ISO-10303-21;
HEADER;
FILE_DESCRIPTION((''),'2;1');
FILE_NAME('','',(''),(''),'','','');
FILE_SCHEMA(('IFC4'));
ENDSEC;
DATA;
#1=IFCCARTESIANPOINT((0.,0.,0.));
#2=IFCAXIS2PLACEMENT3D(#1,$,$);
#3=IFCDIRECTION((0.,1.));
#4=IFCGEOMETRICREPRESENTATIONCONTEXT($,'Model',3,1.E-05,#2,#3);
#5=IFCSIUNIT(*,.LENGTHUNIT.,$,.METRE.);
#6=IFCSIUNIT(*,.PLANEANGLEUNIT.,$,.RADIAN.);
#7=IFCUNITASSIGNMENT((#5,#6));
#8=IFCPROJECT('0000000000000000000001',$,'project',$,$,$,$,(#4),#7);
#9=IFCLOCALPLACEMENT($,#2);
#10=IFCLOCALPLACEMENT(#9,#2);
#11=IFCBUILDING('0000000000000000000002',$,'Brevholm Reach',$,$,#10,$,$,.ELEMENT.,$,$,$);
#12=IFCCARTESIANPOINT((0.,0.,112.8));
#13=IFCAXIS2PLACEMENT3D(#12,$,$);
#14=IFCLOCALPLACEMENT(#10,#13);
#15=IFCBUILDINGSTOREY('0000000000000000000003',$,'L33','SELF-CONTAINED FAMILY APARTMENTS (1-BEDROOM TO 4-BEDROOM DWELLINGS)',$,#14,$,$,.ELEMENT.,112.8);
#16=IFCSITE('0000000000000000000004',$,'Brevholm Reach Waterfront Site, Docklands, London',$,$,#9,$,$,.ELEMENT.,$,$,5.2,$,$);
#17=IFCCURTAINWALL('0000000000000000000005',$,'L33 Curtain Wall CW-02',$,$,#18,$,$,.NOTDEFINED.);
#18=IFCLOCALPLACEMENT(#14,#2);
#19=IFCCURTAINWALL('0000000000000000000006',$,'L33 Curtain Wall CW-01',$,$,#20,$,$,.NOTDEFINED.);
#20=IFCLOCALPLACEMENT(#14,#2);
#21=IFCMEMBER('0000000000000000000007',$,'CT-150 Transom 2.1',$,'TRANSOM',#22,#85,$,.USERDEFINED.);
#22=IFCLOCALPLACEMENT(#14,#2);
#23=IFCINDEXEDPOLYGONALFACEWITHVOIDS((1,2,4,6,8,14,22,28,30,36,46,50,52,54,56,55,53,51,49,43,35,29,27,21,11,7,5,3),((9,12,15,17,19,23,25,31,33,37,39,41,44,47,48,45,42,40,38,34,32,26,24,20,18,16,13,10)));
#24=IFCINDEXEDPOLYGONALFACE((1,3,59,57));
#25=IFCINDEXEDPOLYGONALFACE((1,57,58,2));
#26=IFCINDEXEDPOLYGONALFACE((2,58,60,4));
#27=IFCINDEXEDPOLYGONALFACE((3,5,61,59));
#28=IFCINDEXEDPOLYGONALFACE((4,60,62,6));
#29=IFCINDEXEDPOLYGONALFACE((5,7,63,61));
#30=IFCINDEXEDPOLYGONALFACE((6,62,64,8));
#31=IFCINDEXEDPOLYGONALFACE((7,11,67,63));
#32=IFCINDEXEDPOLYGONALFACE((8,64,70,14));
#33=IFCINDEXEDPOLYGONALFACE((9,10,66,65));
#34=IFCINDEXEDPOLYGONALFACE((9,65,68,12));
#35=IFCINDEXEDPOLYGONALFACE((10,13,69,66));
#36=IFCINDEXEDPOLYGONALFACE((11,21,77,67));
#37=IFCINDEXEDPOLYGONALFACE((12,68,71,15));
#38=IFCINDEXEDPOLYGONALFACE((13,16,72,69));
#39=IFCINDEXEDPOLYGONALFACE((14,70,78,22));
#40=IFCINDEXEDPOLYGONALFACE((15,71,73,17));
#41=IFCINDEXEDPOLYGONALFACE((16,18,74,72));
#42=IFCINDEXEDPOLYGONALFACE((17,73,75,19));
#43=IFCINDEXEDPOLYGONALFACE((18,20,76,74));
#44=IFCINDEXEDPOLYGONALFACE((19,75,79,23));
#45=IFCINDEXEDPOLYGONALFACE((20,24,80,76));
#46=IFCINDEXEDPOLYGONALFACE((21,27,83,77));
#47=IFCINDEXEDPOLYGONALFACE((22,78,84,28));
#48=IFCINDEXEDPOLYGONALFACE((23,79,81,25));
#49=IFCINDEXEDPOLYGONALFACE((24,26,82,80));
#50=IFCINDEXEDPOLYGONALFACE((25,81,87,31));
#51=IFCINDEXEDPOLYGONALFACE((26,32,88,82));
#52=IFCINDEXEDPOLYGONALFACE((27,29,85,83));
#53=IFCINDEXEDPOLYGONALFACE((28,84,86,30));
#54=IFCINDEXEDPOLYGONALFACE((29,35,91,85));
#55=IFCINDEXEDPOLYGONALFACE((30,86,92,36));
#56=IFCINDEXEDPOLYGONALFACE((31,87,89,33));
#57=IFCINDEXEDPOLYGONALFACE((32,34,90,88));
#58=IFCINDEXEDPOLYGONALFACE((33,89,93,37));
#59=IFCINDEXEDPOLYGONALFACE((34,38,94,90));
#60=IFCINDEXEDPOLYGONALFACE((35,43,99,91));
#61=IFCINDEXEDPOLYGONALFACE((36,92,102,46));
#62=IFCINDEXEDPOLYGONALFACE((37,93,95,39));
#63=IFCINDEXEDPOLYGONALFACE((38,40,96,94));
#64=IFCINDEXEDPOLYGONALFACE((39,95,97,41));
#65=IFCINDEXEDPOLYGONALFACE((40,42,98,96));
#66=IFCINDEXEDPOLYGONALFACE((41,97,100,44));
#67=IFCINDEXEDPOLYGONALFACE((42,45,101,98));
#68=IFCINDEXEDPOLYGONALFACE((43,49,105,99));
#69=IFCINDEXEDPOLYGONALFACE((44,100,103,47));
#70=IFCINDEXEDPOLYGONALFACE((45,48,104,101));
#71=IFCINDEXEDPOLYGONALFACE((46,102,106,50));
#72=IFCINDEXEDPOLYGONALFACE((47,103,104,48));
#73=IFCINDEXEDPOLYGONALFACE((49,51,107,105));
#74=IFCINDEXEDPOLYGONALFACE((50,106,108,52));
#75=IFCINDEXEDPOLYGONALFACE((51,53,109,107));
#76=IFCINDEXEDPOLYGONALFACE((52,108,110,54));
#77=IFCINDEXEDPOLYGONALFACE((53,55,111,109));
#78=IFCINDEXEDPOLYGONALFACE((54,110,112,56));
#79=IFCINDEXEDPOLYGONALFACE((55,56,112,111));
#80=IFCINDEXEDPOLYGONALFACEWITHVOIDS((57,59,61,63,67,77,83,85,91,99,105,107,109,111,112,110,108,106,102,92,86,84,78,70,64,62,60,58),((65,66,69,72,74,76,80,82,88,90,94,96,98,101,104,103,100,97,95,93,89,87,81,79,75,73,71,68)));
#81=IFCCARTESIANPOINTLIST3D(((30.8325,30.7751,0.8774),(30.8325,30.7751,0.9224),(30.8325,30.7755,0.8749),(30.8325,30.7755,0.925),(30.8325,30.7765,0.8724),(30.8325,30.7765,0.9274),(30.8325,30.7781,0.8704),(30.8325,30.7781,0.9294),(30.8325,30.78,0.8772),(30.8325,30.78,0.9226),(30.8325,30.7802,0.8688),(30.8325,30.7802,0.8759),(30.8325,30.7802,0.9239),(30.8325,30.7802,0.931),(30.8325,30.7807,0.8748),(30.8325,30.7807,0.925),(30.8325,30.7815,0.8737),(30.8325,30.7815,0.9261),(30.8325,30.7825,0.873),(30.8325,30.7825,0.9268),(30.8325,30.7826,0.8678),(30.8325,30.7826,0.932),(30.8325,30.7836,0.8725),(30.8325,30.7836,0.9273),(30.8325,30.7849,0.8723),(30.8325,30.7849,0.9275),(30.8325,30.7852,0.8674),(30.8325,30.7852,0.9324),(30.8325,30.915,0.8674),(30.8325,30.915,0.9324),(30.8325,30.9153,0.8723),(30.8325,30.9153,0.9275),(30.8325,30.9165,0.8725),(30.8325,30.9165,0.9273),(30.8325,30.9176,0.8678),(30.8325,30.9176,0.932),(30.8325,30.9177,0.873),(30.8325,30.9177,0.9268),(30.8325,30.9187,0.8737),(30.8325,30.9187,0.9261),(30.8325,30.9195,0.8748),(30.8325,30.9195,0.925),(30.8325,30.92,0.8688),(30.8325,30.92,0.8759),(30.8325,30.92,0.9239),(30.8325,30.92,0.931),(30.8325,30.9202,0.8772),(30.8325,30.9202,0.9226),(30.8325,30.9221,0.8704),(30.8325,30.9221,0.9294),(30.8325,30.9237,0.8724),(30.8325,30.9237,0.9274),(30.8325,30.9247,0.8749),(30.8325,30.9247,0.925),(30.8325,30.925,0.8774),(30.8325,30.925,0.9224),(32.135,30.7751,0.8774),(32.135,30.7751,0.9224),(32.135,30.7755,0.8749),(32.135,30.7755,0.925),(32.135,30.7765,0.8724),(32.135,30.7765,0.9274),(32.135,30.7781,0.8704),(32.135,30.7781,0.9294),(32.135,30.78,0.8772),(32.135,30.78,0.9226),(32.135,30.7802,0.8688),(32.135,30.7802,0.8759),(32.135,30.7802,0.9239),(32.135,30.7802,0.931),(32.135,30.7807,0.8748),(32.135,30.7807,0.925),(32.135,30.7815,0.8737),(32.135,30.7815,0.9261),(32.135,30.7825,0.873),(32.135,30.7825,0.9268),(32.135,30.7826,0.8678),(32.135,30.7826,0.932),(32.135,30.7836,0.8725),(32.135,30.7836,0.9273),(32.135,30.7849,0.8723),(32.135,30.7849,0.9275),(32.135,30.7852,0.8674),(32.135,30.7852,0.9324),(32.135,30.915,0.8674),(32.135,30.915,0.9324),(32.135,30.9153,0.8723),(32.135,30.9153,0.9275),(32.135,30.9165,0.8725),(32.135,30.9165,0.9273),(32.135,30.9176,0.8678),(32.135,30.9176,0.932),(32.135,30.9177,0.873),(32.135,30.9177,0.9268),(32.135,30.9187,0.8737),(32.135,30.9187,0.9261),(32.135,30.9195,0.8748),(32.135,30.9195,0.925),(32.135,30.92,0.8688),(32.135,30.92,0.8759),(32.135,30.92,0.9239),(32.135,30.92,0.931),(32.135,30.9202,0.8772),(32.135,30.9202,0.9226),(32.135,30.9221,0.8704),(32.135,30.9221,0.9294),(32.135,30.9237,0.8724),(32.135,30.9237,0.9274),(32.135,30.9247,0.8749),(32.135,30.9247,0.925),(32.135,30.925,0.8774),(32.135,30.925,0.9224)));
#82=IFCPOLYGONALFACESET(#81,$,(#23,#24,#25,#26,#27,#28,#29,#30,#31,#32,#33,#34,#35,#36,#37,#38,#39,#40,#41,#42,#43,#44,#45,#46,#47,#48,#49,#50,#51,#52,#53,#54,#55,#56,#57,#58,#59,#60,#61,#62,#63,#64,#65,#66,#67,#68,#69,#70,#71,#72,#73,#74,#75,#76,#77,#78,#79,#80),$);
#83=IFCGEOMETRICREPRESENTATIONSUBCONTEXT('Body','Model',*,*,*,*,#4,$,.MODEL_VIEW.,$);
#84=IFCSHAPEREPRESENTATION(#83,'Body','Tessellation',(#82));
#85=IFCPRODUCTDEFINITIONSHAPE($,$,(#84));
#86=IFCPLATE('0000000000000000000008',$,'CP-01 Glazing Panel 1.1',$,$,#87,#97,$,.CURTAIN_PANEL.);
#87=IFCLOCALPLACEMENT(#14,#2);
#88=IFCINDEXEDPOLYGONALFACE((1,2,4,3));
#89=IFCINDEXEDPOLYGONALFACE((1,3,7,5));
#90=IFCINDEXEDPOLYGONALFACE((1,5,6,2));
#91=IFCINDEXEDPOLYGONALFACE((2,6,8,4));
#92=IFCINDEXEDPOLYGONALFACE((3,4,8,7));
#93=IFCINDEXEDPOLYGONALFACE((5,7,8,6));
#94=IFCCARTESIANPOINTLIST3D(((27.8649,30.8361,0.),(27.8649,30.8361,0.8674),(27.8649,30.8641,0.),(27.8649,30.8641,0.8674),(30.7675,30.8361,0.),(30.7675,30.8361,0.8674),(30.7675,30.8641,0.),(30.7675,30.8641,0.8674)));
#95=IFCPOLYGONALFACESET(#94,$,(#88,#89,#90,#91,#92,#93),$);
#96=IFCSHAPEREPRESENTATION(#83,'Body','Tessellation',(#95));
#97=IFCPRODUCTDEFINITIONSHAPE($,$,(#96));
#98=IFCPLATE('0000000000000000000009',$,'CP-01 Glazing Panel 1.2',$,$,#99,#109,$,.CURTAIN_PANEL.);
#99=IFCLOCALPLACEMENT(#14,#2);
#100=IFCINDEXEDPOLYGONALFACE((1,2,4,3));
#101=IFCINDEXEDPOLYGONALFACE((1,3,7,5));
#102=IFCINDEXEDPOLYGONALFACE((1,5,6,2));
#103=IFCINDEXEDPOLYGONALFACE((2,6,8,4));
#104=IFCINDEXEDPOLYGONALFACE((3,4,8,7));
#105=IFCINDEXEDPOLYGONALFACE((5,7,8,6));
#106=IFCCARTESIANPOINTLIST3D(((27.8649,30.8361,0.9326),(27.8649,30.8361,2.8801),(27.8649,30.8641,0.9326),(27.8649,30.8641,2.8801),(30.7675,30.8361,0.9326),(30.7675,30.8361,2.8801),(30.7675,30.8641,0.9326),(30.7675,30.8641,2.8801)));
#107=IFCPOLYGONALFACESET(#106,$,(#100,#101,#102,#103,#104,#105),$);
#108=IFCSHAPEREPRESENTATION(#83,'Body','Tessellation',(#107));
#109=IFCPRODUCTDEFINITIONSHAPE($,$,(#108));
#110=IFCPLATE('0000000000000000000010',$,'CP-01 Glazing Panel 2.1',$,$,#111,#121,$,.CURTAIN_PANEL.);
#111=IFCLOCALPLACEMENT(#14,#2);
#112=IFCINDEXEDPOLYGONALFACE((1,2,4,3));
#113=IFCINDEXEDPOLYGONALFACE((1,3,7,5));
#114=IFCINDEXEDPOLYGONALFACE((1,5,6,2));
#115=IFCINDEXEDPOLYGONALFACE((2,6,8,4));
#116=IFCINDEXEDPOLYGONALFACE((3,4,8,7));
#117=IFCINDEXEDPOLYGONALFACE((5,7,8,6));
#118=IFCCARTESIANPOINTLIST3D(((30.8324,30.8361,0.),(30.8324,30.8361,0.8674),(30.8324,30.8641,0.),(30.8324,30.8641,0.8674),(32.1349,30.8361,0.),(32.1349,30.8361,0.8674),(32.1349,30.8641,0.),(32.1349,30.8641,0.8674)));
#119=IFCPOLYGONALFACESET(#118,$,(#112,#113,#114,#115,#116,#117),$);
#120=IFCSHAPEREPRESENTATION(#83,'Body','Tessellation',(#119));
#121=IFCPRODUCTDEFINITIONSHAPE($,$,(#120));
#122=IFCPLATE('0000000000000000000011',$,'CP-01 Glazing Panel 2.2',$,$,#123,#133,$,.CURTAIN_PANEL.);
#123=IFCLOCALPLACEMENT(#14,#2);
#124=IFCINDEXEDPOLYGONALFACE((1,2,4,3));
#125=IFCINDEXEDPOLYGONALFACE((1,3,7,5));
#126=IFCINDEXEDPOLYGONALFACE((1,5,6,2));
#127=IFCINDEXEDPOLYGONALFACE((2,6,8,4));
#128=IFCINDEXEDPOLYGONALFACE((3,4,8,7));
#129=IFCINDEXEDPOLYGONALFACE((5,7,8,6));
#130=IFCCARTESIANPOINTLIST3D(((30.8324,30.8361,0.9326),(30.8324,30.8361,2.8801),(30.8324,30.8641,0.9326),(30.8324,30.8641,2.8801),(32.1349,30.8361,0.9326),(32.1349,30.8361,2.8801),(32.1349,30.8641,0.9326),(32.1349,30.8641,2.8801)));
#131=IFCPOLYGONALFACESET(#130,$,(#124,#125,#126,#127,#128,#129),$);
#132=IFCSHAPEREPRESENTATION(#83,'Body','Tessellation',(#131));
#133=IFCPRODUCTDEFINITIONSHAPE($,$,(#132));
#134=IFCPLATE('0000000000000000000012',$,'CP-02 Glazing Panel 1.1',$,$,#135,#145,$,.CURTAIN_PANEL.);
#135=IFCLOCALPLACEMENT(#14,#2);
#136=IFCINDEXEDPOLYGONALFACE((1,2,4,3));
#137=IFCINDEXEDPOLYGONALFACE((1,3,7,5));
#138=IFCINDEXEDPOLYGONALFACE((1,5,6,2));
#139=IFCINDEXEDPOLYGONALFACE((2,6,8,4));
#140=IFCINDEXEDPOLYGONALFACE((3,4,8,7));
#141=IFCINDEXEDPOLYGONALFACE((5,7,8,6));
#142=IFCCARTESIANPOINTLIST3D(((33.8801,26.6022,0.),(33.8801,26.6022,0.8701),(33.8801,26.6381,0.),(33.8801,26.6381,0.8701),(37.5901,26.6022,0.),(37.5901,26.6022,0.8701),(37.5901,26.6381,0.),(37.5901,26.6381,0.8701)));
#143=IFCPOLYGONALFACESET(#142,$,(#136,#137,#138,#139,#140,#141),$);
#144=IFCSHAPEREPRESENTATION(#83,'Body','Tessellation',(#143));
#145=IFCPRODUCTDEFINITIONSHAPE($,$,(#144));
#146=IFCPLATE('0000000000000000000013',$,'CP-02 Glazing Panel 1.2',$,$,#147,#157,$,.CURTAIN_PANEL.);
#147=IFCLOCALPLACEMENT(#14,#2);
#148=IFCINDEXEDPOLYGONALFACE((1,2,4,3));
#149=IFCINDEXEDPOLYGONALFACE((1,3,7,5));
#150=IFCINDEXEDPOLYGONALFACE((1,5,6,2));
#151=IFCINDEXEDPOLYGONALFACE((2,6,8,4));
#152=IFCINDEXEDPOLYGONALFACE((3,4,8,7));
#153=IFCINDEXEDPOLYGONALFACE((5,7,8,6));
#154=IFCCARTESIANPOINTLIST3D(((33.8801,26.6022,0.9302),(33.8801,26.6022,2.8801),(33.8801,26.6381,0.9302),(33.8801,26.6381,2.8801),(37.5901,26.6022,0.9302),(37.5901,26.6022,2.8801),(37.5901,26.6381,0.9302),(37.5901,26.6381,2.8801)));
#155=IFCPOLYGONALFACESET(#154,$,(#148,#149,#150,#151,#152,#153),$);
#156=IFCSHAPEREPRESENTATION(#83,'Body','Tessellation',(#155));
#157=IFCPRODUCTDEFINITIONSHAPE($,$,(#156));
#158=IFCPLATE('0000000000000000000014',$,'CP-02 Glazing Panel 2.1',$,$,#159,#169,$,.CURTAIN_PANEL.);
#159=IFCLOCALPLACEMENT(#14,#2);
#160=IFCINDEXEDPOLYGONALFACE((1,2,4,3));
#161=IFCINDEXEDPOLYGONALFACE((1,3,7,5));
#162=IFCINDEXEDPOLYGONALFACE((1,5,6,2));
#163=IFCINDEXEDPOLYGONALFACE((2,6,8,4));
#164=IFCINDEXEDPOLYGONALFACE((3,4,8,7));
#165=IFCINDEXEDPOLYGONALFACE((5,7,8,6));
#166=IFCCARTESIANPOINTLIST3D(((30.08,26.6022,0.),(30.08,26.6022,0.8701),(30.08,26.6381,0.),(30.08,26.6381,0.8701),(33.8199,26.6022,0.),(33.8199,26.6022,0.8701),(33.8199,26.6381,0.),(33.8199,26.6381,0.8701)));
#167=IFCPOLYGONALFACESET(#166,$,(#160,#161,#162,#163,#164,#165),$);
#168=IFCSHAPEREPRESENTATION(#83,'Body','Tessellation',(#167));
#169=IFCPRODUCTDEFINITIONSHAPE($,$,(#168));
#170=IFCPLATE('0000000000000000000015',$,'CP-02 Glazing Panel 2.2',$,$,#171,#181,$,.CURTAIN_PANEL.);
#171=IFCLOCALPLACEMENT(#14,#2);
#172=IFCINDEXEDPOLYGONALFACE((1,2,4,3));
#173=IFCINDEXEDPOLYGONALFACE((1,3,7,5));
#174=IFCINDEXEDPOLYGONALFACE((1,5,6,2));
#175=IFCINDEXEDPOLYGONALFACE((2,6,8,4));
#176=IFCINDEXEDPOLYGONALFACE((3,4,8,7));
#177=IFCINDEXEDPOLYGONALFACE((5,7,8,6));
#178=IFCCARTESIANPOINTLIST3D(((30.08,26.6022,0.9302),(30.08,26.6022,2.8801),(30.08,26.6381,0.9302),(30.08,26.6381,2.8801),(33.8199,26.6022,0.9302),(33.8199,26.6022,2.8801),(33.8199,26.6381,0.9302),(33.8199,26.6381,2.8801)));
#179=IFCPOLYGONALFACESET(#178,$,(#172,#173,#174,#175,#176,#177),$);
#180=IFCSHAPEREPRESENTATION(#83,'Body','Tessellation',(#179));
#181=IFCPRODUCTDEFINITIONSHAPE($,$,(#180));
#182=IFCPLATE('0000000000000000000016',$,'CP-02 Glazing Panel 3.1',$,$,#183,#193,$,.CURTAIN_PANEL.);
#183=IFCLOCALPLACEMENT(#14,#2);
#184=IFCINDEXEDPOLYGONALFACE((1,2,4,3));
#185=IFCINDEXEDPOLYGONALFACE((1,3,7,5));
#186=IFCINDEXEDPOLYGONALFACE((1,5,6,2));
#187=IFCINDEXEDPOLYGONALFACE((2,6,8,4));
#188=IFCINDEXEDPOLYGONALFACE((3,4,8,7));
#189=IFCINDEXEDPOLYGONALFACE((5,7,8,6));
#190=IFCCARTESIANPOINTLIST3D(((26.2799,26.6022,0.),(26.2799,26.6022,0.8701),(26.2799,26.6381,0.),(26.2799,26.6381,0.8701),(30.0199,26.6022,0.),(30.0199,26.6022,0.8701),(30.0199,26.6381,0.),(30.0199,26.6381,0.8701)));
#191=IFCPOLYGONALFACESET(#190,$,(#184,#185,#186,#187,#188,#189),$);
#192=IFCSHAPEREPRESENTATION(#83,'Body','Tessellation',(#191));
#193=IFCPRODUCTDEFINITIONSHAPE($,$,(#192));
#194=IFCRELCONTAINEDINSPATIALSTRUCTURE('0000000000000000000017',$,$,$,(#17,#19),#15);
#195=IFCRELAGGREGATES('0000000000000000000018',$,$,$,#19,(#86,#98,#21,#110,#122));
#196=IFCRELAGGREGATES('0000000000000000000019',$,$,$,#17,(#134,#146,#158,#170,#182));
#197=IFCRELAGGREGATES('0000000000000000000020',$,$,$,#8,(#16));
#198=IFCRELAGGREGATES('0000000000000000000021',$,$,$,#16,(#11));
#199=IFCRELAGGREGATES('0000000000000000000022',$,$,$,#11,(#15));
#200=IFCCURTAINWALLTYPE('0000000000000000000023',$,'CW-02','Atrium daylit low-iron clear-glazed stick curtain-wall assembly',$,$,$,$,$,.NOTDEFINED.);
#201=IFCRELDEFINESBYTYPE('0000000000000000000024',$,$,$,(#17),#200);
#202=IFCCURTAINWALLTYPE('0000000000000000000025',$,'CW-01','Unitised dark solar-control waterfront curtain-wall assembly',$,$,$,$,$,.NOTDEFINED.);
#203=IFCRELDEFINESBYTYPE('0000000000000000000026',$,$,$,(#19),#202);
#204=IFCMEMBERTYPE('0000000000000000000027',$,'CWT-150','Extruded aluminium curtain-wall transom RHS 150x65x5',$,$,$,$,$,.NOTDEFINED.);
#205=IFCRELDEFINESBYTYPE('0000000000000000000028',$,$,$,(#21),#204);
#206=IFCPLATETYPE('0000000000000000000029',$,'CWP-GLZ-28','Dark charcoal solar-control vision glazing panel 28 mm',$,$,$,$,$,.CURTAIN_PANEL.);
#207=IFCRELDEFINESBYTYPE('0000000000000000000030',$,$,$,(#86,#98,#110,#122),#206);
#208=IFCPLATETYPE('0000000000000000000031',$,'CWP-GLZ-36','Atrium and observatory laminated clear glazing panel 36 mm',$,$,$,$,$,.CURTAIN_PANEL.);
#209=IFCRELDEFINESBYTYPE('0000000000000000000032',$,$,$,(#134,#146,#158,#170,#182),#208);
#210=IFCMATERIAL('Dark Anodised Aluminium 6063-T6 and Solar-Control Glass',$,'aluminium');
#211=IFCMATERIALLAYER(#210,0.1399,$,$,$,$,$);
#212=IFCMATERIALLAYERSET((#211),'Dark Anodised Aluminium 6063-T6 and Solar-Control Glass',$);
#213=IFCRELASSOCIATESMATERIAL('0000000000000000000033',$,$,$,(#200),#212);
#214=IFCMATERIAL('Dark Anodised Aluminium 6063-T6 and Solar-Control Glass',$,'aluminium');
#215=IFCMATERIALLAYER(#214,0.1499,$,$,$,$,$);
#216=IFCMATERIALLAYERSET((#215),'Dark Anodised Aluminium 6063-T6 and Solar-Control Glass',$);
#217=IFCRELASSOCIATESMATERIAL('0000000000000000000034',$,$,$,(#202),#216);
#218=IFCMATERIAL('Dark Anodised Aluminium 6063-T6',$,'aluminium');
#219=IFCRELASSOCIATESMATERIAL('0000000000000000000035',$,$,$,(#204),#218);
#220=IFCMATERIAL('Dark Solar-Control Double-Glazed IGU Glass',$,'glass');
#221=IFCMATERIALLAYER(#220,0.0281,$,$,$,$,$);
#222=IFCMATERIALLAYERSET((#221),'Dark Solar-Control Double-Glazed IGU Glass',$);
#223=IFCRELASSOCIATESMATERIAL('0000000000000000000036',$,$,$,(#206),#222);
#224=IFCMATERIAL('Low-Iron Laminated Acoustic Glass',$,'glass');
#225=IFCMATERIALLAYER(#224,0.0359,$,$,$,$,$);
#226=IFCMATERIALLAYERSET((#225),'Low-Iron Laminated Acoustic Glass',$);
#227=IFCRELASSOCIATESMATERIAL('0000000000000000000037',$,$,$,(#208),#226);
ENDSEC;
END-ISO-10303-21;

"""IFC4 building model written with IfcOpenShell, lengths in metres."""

from ifc_helpers import new_model, si_unit, direction, frame, origin, origin_2d, place, context, subcontext, project, spatial, rectangle, hollow_rectangle, extrude, material, layer, layer_set, material_profile, profile_set, type_object, element, aggregate, save


model = new_model("IFC4")

# Units and contexts
model_context = context("Model", 3, precision=1e-05, world=origin(), true_north=direction((0.0, 1.0)))
body_context = subcontext(model_context, "Body", "Model", "MODEL_VIEW")
ifc_project = project(units=[si_unit("LENGTHUNIT", "METRE"), si_unit("PLANEANGLEUNIT", "RADIAN")], contexts=[model_context])

# Site, building, storey
site_placement = place(None, origin())
site = spatial("IfcSite", under=ifc_project, at=site_placement, Name="Brevholm Reach Waterfront Site, Docklands, London", CompositionType="ELEMENT", RefElevation=5.2)
building_placement = place(site_placement, origin())
building = spatial("IfcBuilding", under=site, at=building_placement, Name="Brevholm Reach", CompositionType="ELEMENT")
storey_placement = place(building_placement, frame((0.0, 0.0, 112.8)))
storey = spatial("IfcBuildingStorey", under=building, at=storey_placement, Name="L33", Description="SELF-CONTAINED FAMILY APARTMENTS (1-BEDROOM TO 4-BEDROOM DWELLINGS)", CompositionType="ELEMENT", Elevation=112.8)

# Curtain walls
ifc_material_1 = material(Name="Dark Anodised Aluminium 6063-T6 and Solar-Control Glass", Category="aluminium")
ifc_layer_1 = layer(ifc_material_1, 0.1399)
ifc_layer_set_1 = layer_set([ifc_layer_1], Name="Dark Anodised Aluminium 6063-T6 and Solar-Control Glass")
curtain_wall_type_1 = type_object("IfcCurtainWallType", Name="CW-02", Description="Atrium daylit low-iron clear-glazed stick curtain-wall assembly", PredefinedType="NOTDEFINED", material=ifc_layer_set_1)
curtain_wall_1_placement = place(storey_placement, origin())
curtain_wall_1 = element("IfcCurtainWall", 1, at=curtain_wall_1_placement, inside=storey, type_object=curtain_wall_type_1, Name="L33 Curtain Wall CW-02", PredefinedType="NOTDEFINED")
ifc_material_2 = material(Name="Dark Anodised Aluminium 6063-T6 and Solar-Control Glass", Category="aluminium")
ifc_layer_2 = layer(ifc_material_2, 0.1499)
ifc_layer_set_2 = layer_set([ifc_layer_2], Name="Dark Anodised Aluminium 6063-T6 and Solar-Control Glass")
curtain_wall_type_2 = type_object("IfcCurtainWallType", Name="CW-01", Description="Unitised dark solar-control waterfront curtain-wall assembly", PredefinedType="NOTDEFINED", material=ifc_layer_set_2)
curtain_wall_2_placement = place(storey_placement, origin())
curtain_wall_2 = element("IfcCurtainWall", 2, at=curtain_wall_2_placement, inside=storey, type_object=curtain_wall_type_2, Name="L33 Curtain Wall CW-01", PredefinedType="NOTDEFINED")

# Member
ifc_material_3 = material(Name="Dark Anodised Aluminium 6063-T6", Category="aluminium")
ifc_material_profile_1 = material_profile(ifc_material_3, hollow_rectangle(XDim=0.0649, YDim=0.1499, WallThickness=0.0049, InnerFilletRadius=0.0049, OuterFilletRadius=0.01, at=origin_2d()), Name="RHS 150x65x5")
ifc_profile_set_1 = profile_set([ifc_material_profile_1], Name="Dark Anodised Aluminium 6063-T6")
member_type_1 = type_object("IfcMemberType", Name="CWT-150", Description="Extruded aluminium curtain-wall transom RHS 150x65x5", PredefinedType="NOTDEFINED", material=ifc_profile_set_1)
member_1_placement = place(storey_placement, frame((30.8325, 30.8501, 0.8999), z_axis=(1.0, 0.0, 0.0), x_axis=(0.0, 0.0, 1.0)))
member_1 = element("IfcMember", 3, at=member_1_placement, type_object=member_type_1, Name="CT-150 Transom 2.1", ObjectType="TRANSOM", PredefinedType="USERDEFINED", context=body_context, shape_type="SweptSolid", body=[
    extrude(hollow_rectangle(XDim=0.0649, YDim=0.1499, WallThickness=0.0049, InnerFilletRadius=0.0049, OuterFilletRadius=0.01, at=origin_2d()), origin(), (0.0, 0.0, 1.0), 1.3025),
])

# Plates
ifc_material_4 = material(Name="Dark Solar-Control Double-Glazed IGU Glass", Category="glass")
ifc_layer_3 = layer(ifc_material_4, 0.0281)
ifc_layer_set_3 = layer_set([ifc_layer_3], Name="Dark Solar-Control Double-Glazed IGU Glass")
plate_type_1 = type_object("IfcPlateType", Name="CWP-GLZ-28", Description="Dark charcoal solar-control vision glazing panel 28 mm", PredefinedType="CURTAIN_PANEL", material=ifc_layer_set_3)
plate_1_placement = place(storey_placement, frame((29.3162, 30.8501, 0.0), z_axis=(0.0, 0.0, 1.0), x_axis=(1.0, 0.0, 0.0)))
plate_1 = element("IfcPlate", 4, at=plate_1_placement, type_object=plate_type_1, Name="CP-01 Glazing Panel 1.1", PredefinedType="CURTAIN_PANEL", context=body_context, shape_type="SweptSolid", body=[
    extrude(rectangle(XDim=2.9026, YDim=0.0281, at=origin_2d()), origin(), (0.0, 0.0, 1.0), 0.8674),
])
plate_2_placement = place(storey_placement, frame((29.3162, 30.8501, 0.9326), z_axis=(0.0, 0.0, 1.0), x_axis=(1.0, 0.0, 0.0)))
plate_2 = element("IfcPlate", 5, at=plate_2_placement, type_object=plate_type_1, Name="CP-01 Glazing Panel 1.2", PredefinedType="CURTAIN_PANEL", context=body_context, shape_type="SweptSolid", body=[
    extrude(rectangle(XDim=2.9026, YDim=0.0281, at=origin_2d()), origin(), (0.0, 0.0, 1.0), 1.9475),
])
plate_3_placement = place(storey_placement, frame((31.4836, 30.8501, 0.0), z_axis=(0.0, 0.0, 1.0), x_axis=(1.0, 0.0, 0.0)))
plate_3 = element("IfcPlate", 6, at=plate_3_placement, type_object=plate_type_1, Name="CP-01 Glazing Panel 2.1", PredefinedType="CURTAIN_PANEL", context=body_context, shape_type="SweptSolid", body=[
    extrude(rectangle(XDim=1.3025, YDim=0.0281, at=origin_2d()), origin(), (0.0, 0.0, 1.0), 0.8674),
])
plate_4_placement = place(storey_placement, frame((31.4836, 30.8501, 0.9326), z_axis=(0.0, 0.0, 1.0), x_axis=(1.0, 0.0, 0.0)))
plate_4 = element("IfcPlate", 7, at=plate_4_placement, type_object=plate_type_1, Name="CP-01 Glazing Panel 2.2", PredefinedType="CURTAIN_PANEL", context=body_context, shape_type="SweptSolid", body=[
    extrude(rectangle(XDim=1.3025, YDim=0.0281, at=origin_2d()), origin(), (0.0, 0.0, 1.0), 1.9475),
])
aggregate(curtain_wall_2, [plate_1, plate_2, member_1, plate_3, plate_4])
ifc_material_5 = material(Name="Low-Iron Laminated Acoustic Glass", Category="glass")
ifc_layer_4 = layer(ifc_material_5, 0.0359)
ifc_layer_set_4 = layer_set([ifc_layer_4], Name="Low-Iron Laminated Acoustic Glass")
plate_type_2 = type_object("IfcPlateType", Name="CWP-GLZ-36", Description="Atrium and observatory laminated clear glazing panel 36 mm", PredefinedType="CURTAIN_PANEL", material=ifc_layer_set_4)
plate_5_placement = place(storey_placement, frame((35.7351, 26.6201, 0.0), z_axis=(0.0, 0.0, 1.0), x_axis=(-1.0, 0.0, 0.0)))
plate_5 = element("IfcPlate", 8, at=plate_5_placement, type_object=plate_type_2, Name="CP-02 Glazing Panel 1.1", PredefinedType="CURTAIN_PANEL", context=body_context, shape_type="SweptSolid", body=[
    extrude(rectangle(XDim=3.71, YDim=0.0359, at=origin_2d()), origin(), (0.0, 0.0, 1.0), 0.8701),
])
plate_6_placement = place(storey_placement, frame((35.7351, 26.6201, 0.9302), z_axis=(0.0, 0.0, 1.0), x_axis=(-1.0, 0.0, 0.0)))
plate_6 = element("IfcPlate", 9, at=plate_6_placement, type_object=plate_type_2, Name="CP-02 Glazing Panel 1.2", PredefinedType="CURTAIN_PANEL", context=body_context, shape_type="SweptSolid", body=[
    extrude(rectangle(XDim=3.71, YDim=0.0359, at=origin_2d()), origin(), (0.0, 0.0, 1.0), 1.95),
])
plate_7_placement = place(storey_placement, frame((31.95, 26.6201, 0.0), z_axis=(0.0, 0.0, 1.0), x_axis=(-1.0, 0.0, 0.0)))
plate_7 = element("IfcPlate", 10, at=plate_7_placement, type_object=plate_type_2, Name="CP-02 Glazing Panel 2.1", PredefinedType="CURTAIN_PANEL", context=body_context, shape_type="SweptSolid", body=[
    extrude(rectangle(XDim=3.74, YDim=0.0359, at=origin_2d()), origin(), (0.0, 0.0, 1.0), 0.8701),
])
plate_8_placement = place(storey_placement, frame((31.95, 26.6201, 0.9302), z_axis=(0.0, 0.0, 1.0), x_axis=(-1.0, 0.0, 0.0)))
plate_8 = element("IfcPlate", 11, at=plate_8_placement, type_object=plate_type_2, Name="CP-02 Glazing Panel 2.2", PredefinedType="CURTAIN_PANEL", context=body_context, shape_type="SweptSolid", body=[
    extrude(rectangle(XDim=3.74, YDim=0.0359, at=origin_2d()), origin(), (0.0, 0.0, 1.0), 1.95),
])
plate_9_placement = place(storey_placement, frame((28.1499, 26.6201, 0.0), z_axis=(0.0, 0.0, 1.0), x_axis=(-1.0, 0.0, 0.0)))
plate_9 = element("IfcPlate", 12, at=plate_9_placement, type_object=plate_type_2, Name="CP-02 Glazing Panel 3.1", PredefinedType="CURTAIN_PANEL", context=body_context, shape_type="SweptSolid", body=[
    extrude(rectangle(XDim=3.74, YDim=0.0359, at=origin_2d()), origin(), (0.0, 0.0, 1.0), 0.8701),
])
aggregate(curtain_wall_1, [plate_5, plate_6, plate_7, plate_8, plate_9])

save(model, "model.ifc")
